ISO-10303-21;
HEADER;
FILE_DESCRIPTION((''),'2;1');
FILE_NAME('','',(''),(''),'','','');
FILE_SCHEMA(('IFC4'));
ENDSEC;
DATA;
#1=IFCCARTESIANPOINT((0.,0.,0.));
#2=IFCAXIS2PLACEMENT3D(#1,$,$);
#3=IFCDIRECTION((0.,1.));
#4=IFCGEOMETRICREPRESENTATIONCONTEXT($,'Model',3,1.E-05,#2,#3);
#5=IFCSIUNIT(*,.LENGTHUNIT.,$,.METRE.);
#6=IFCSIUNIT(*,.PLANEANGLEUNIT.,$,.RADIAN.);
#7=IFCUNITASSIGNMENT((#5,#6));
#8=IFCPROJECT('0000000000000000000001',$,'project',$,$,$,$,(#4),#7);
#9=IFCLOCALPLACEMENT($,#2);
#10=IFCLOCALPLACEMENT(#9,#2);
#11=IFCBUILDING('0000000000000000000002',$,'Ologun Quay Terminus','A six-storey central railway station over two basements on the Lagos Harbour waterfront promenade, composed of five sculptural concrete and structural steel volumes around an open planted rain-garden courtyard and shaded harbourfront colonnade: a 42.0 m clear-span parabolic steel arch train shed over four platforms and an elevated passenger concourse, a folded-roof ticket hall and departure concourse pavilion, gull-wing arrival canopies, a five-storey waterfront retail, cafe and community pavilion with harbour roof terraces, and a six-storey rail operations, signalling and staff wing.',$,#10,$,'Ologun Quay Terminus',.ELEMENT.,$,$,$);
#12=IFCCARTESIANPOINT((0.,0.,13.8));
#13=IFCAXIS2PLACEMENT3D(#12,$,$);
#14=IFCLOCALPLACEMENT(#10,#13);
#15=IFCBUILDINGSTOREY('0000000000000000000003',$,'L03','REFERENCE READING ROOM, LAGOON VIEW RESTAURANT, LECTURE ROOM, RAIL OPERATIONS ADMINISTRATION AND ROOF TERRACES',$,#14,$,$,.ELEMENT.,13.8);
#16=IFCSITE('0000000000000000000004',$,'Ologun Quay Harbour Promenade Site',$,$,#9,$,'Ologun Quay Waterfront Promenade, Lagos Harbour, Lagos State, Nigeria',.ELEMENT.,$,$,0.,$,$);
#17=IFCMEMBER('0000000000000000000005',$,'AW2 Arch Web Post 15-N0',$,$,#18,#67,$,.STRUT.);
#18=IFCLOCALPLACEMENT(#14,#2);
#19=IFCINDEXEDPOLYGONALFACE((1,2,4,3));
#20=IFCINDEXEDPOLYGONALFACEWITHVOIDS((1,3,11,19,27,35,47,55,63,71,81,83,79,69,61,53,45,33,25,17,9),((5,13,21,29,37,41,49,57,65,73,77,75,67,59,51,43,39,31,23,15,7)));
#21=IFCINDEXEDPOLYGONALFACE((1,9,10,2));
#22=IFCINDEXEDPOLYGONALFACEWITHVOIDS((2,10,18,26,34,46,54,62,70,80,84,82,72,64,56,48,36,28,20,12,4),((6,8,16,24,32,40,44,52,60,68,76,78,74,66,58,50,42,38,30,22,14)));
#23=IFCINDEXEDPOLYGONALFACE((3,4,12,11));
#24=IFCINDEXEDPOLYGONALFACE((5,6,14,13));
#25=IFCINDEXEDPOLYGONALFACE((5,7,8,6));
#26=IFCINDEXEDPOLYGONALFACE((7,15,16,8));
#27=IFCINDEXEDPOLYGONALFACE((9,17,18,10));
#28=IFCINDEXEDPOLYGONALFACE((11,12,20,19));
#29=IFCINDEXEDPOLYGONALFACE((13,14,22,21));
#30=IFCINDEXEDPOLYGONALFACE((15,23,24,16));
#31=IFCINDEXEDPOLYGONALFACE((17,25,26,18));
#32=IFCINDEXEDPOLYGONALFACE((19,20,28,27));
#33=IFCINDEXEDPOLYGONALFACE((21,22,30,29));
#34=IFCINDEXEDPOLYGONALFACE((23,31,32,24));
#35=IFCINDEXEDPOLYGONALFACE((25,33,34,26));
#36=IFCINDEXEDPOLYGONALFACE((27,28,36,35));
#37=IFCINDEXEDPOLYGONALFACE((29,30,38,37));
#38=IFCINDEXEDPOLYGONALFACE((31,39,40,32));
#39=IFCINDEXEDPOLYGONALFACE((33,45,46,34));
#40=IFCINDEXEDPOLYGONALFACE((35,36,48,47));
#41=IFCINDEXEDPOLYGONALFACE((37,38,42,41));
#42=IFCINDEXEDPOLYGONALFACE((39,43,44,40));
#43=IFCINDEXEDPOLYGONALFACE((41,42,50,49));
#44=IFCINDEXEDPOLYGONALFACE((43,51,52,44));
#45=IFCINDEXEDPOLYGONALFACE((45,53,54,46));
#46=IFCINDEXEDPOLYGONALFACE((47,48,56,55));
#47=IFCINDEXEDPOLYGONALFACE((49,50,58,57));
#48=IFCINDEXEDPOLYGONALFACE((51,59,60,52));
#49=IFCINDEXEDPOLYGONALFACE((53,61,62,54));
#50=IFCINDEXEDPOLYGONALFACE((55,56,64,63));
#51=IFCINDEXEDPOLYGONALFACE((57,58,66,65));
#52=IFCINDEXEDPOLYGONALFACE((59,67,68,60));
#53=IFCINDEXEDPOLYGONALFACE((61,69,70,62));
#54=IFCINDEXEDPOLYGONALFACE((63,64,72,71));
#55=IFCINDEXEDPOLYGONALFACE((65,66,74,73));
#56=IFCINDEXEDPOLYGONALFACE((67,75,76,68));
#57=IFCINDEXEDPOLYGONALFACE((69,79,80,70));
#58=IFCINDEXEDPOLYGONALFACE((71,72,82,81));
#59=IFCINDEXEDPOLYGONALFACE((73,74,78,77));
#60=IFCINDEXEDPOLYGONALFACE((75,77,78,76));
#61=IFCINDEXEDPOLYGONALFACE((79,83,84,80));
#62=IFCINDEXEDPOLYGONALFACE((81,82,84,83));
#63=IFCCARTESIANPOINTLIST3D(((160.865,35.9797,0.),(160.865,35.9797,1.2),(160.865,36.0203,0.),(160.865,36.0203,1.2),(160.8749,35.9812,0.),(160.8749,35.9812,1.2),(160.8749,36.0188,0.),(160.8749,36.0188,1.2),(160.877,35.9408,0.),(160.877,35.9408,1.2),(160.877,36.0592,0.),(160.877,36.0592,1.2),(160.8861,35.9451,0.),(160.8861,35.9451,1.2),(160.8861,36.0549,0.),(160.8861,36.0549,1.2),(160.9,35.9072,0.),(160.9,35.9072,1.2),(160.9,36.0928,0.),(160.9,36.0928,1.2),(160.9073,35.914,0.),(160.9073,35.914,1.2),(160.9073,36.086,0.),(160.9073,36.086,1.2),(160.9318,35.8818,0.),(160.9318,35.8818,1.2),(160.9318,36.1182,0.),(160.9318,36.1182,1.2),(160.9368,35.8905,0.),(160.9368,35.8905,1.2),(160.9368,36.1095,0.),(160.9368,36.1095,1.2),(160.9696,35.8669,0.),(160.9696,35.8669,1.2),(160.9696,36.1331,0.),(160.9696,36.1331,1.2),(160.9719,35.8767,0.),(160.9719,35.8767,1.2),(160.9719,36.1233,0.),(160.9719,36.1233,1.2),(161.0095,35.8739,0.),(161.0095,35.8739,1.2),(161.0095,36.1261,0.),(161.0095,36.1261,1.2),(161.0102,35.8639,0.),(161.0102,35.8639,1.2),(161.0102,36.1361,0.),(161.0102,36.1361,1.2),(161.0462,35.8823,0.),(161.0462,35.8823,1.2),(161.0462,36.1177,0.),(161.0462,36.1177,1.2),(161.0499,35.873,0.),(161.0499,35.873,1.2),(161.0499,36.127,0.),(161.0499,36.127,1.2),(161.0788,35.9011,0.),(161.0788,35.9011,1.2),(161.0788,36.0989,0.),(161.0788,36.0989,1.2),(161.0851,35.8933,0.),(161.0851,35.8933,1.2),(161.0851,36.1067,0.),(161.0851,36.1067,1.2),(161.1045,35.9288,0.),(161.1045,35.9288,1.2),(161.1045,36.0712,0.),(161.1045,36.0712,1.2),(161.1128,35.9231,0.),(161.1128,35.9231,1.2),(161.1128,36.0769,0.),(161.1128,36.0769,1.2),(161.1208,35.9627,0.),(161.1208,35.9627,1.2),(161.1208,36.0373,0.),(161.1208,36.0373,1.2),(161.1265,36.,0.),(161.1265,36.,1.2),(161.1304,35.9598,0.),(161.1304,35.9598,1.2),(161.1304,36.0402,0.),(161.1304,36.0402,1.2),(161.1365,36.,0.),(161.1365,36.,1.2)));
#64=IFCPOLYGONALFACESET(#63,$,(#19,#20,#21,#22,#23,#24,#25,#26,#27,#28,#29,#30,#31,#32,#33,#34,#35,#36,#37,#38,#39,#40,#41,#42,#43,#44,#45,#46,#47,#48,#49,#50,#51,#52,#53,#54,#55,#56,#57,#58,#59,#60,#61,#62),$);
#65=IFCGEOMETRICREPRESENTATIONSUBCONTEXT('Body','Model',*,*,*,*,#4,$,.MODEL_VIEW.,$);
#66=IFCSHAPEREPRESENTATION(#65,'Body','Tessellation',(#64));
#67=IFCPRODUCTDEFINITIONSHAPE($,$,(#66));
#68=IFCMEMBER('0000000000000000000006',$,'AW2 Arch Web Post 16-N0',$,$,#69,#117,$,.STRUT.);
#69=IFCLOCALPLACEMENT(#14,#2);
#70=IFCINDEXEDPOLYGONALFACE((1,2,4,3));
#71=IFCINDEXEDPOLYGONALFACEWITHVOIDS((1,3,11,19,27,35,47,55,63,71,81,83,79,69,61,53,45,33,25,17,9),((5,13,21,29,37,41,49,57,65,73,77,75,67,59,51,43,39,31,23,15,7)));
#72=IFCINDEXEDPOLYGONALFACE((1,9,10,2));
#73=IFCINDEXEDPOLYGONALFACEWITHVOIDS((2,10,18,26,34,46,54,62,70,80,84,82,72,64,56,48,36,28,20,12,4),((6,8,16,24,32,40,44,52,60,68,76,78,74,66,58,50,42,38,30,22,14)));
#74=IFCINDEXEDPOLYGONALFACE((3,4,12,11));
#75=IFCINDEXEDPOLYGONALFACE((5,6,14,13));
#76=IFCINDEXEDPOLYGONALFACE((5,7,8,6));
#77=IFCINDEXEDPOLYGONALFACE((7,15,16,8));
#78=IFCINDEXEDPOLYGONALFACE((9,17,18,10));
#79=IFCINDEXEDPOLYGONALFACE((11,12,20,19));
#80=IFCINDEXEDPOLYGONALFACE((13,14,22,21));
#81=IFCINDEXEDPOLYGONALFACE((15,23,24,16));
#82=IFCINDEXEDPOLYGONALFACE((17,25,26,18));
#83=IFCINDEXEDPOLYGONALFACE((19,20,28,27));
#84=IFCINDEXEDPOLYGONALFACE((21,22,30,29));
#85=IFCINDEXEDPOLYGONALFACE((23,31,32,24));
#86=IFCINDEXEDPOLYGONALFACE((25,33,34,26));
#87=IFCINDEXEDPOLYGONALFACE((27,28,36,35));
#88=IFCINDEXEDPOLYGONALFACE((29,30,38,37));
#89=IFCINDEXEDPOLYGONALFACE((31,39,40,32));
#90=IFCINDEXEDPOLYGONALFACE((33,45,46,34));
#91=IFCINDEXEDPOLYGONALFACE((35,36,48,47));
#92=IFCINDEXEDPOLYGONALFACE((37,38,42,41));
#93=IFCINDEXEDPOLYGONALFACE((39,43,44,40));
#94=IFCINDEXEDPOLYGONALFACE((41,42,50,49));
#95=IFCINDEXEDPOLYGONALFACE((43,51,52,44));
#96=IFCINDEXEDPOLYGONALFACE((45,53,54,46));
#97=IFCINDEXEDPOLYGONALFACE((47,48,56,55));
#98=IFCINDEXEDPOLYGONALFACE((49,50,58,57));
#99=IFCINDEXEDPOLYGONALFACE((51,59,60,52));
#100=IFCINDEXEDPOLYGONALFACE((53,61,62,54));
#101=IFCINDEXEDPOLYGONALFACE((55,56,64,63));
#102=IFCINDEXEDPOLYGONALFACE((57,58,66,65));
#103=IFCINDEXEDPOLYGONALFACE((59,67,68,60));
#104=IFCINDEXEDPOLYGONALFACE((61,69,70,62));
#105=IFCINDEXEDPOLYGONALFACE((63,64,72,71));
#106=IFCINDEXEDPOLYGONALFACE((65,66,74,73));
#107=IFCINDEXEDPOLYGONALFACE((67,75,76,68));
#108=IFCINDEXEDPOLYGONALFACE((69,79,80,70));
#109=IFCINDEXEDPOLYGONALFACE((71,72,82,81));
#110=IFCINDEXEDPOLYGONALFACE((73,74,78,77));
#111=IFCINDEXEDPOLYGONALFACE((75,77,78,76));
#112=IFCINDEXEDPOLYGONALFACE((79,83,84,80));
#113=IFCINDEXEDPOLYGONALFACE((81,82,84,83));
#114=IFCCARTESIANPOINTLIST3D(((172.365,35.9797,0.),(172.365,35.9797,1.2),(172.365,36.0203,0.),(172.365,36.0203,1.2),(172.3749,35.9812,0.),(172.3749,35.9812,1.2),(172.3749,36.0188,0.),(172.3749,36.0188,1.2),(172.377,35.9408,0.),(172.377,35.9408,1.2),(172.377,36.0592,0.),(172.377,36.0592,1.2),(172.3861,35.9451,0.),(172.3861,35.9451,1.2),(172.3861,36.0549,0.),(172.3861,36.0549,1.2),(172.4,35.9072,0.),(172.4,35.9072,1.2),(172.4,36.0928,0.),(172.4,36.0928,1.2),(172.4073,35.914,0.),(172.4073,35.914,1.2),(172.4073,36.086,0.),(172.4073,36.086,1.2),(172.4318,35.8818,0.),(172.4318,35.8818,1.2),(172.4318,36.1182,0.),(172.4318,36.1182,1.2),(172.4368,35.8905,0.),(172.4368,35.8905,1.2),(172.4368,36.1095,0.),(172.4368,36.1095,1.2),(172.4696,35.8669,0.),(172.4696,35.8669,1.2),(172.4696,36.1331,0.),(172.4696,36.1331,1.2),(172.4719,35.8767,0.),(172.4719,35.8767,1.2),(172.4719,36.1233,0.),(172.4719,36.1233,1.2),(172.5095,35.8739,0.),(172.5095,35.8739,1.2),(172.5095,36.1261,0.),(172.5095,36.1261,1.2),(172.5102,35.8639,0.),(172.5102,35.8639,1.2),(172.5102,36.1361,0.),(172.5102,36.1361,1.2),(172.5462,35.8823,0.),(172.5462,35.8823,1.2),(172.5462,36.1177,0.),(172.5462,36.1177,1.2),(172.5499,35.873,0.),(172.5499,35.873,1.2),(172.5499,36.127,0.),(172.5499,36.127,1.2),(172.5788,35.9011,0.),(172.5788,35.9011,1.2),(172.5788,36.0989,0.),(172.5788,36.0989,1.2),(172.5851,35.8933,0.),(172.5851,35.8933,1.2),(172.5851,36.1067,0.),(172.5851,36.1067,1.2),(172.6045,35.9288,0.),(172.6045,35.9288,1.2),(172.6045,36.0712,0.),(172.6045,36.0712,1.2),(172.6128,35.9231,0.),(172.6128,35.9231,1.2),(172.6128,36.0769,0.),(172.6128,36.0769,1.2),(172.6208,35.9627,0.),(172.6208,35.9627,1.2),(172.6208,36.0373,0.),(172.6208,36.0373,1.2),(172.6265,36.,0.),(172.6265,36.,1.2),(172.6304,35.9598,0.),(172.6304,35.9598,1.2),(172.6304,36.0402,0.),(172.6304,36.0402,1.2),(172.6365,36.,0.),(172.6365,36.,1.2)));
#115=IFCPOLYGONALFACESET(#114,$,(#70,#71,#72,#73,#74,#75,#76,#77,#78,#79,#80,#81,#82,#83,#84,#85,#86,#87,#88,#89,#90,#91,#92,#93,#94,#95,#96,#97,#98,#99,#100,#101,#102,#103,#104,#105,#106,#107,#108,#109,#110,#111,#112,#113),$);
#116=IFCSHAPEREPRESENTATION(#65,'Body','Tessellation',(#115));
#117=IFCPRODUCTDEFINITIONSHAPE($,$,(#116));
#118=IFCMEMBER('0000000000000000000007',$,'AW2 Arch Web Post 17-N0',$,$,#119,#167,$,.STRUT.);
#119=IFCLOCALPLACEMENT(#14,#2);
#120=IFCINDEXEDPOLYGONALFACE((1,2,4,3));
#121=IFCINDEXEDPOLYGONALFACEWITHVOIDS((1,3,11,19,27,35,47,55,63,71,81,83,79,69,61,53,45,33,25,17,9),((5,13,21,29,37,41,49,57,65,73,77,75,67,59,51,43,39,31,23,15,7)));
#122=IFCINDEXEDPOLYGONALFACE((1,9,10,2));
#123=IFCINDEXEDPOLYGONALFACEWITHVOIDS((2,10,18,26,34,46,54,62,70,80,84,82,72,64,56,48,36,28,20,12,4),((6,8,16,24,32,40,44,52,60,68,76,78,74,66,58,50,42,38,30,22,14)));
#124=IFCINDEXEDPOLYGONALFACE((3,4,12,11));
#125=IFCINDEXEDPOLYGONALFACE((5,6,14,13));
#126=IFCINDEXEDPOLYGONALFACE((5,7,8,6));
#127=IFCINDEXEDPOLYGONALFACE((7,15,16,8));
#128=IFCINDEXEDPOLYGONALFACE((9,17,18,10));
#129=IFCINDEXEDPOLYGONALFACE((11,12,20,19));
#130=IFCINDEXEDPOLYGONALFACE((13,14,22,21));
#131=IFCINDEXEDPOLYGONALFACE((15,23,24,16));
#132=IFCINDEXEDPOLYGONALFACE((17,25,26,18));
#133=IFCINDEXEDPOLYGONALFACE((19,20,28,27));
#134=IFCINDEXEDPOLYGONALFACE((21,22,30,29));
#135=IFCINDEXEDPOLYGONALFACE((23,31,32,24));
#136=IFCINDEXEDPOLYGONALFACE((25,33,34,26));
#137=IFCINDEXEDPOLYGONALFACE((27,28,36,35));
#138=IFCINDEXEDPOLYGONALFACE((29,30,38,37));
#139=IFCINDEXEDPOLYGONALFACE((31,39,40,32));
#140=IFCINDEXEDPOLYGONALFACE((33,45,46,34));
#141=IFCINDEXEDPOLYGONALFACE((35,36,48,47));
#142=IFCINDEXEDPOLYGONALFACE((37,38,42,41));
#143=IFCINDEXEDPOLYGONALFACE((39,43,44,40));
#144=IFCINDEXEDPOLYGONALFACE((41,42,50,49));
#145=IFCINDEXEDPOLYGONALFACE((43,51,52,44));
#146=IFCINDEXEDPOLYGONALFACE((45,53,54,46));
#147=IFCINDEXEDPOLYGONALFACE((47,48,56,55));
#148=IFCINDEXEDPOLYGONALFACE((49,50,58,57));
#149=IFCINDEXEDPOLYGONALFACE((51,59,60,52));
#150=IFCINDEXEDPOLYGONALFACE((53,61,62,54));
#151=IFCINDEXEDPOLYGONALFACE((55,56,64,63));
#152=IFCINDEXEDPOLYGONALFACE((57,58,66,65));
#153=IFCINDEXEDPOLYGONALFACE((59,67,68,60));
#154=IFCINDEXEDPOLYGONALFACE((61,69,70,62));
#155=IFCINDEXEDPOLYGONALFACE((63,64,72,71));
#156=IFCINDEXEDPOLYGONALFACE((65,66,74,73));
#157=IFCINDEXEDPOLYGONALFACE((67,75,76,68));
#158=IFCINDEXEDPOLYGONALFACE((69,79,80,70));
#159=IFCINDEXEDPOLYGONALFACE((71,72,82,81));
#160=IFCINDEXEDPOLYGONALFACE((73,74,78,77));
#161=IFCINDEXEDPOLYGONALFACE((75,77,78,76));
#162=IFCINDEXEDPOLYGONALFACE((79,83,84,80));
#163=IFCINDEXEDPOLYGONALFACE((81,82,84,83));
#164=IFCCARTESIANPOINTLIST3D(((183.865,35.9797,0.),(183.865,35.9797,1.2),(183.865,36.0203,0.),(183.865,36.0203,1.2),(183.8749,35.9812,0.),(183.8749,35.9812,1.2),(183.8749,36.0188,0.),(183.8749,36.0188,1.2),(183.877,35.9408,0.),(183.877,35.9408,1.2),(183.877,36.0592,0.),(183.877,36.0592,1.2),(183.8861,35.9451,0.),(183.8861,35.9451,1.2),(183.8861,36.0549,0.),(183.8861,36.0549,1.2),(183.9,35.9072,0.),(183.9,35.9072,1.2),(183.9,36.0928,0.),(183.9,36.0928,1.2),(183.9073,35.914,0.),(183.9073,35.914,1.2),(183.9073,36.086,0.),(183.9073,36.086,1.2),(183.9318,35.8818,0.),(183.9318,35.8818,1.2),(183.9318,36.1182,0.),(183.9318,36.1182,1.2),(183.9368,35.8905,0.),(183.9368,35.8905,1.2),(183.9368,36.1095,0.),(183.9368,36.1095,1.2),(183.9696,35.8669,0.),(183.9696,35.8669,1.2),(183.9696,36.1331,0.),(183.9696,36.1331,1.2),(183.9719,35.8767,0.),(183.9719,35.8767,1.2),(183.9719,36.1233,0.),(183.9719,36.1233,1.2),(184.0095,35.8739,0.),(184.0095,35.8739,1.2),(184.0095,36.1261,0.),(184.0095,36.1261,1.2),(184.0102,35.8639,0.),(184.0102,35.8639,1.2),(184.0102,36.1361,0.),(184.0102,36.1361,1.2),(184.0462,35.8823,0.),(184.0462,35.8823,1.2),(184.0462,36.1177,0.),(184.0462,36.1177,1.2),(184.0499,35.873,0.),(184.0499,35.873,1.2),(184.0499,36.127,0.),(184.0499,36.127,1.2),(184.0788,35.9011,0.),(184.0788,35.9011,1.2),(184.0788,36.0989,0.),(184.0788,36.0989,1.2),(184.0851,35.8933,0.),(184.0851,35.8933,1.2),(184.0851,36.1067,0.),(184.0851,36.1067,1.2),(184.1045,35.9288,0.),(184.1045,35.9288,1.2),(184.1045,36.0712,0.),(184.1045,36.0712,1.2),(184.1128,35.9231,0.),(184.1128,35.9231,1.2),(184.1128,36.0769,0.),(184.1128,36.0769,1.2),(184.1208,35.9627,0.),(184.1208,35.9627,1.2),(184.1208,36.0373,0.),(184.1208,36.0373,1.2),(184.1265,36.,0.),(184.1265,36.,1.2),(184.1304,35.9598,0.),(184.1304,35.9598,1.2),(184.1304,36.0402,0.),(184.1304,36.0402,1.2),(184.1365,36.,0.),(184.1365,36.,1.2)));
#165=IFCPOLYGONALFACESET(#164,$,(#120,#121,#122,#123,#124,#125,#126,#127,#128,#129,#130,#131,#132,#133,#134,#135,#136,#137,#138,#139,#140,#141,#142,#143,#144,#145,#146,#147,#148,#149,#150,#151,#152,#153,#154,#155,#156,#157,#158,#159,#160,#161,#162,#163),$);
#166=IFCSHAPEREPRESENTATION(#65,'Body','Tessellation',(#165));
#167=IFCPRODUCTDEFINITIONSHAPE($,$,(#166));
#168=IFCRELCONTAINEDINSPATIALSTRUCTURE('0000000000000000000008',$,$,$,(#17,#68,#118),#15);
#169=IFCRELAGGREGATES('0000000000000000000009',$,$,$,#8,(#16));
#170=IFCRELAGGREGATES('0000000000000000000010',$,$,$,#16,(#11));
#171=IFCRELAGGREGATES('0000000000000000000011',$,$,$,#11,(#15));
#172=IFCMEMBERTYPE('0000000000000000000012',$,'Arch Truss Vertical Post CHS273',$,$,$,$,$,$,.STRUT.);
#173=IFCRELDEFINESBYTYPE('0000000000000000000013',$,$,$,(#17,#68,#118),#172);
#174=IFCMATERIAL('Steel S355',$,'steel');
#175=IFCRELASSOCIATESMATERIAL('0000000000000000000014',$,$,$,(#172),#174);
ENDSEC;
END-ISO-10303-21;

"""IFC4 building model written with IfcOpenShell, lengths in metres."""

from ifc_helpers import new_model, si_unit, direction, frame, origin, origin_2d, place, context, subcontext, project, spatial, hollow_circle, extrude, material, material_profile, profile_set, type_object, element, save


model = new_model("IFC4")

# Units and contexts
model_context = context("Model", 3, precision=1e-05, world=origin(), true_north=direction((0.0, 1.0)))
body_context = subcontext(model_context, "Body", "Model", "MODEL_VIEW")
ifc_project = project(units=[si_unit("LENGTHUNIT", "METRE"), si_unit("PLANEANGLEUNIT", "RADIAN")], contexts=[model_context])

# Site, building, storey
site_placement = place(None, origin())
site = spatial("IfcSite", under=ifc_project, at=site_placement, Name="Ologun Quay Harbour Promenade Site", LongName="Ologun Quay Waterfront Promenade, Lagos Harbour, Lagos State, Nigeria", CompositionType="ELEMENT", RefElevation=0.0)
building_placement = place(site_placement, origin())
building = spatial("IfcBuilding", under=site, at=building_placement, Name="Ologun Quay Terminus", Description="A six-storey central railway station over two basements on the Lagos Harbour waterfront promenade, composed of five sculptural concrete and structural steel volumes around an open planted rain-garden courtyard and shaded harbourfront colonnade: a 42.0 m clear-span parabolic steel arch train shed over four platforms and an elevated passenger concourse, a folded-roof ticket hall and departure concourse pavilion, gull-wing arrival canopies, a five-storey waterfront retail, cafe and community pavilion with harbour roof terraces, and a six-storey rail operations, signalling and staff wing.", LongName="Ologun Quay Terminus", CompositionType="ELEMENT")
storey_placement = place(building_placement, frame((0.0, 0.0, 13.8)))
storey = spatial("IfcBuildingStorey", under=building, at=storey_placement, Name="L03", Description="REFERENCE READING ROOM, LAGOON VIEW RESTAURANT, LECTURE ROOM, RAIL OPERATIONS ADMINISTRATION AND ROOF TERRACES", CompositionType="ELEMENT", Elevation=13.8)

# Members
ifc_material_1 = material(Name="Steel S355", Category="steel")
ifc_material_profile_1 = material_profile(ifc_material_1, hollow_circle(Radius=0.1365, WallThickness=0.01, at=origin_2d()), Name="CHS 273x10")
ifc_profile_set_1 = profile_set([ifc_material_profile_1], Name="Steel S355")
member_type_1 = type_object("IfcMemberType", Name="Arch Truss Vertical Post CHS273", PredefinedType="STRUT", material=ifc_profile_set_1)
for number, where, z_axis, x_axis, name in (
    (1, (161.0, 36.0, 0.0), (0.0, 0.0, 1.0), (1.0, 0.0, 0.0), "AW2 Arch Web Post 15-N0"),
    (2, (172.5, 36.0, 0.0), (0.0, 0.0, 1.0), (1.0, 0.0, 0.0), "AW2 Arch Web Post 16-N0"),
    (3, (184.0, 36.0, 0.0), (0.0, 0.0, 1.0), (1.0, 0.0, 0.0), "AW2 Arch Web Post 17-N0"),
):
    element("IfcMember", number, at=place(storey_placement, frame(where, z_axis=z_axis, x_axis=x_axis)), inside=storey, type_object=member_type_1, Name=name, PredefinedType="STRUT", context=body_context, shape_type="SweptSolid", body=[
        extrude(hollow_circle(Radius=0.1365, WallThickness=0.01, at=origin_2d()), origin(), (0.0, 0.0, 1.0), 1.2),
    ])

save(model, "model.ifc")
